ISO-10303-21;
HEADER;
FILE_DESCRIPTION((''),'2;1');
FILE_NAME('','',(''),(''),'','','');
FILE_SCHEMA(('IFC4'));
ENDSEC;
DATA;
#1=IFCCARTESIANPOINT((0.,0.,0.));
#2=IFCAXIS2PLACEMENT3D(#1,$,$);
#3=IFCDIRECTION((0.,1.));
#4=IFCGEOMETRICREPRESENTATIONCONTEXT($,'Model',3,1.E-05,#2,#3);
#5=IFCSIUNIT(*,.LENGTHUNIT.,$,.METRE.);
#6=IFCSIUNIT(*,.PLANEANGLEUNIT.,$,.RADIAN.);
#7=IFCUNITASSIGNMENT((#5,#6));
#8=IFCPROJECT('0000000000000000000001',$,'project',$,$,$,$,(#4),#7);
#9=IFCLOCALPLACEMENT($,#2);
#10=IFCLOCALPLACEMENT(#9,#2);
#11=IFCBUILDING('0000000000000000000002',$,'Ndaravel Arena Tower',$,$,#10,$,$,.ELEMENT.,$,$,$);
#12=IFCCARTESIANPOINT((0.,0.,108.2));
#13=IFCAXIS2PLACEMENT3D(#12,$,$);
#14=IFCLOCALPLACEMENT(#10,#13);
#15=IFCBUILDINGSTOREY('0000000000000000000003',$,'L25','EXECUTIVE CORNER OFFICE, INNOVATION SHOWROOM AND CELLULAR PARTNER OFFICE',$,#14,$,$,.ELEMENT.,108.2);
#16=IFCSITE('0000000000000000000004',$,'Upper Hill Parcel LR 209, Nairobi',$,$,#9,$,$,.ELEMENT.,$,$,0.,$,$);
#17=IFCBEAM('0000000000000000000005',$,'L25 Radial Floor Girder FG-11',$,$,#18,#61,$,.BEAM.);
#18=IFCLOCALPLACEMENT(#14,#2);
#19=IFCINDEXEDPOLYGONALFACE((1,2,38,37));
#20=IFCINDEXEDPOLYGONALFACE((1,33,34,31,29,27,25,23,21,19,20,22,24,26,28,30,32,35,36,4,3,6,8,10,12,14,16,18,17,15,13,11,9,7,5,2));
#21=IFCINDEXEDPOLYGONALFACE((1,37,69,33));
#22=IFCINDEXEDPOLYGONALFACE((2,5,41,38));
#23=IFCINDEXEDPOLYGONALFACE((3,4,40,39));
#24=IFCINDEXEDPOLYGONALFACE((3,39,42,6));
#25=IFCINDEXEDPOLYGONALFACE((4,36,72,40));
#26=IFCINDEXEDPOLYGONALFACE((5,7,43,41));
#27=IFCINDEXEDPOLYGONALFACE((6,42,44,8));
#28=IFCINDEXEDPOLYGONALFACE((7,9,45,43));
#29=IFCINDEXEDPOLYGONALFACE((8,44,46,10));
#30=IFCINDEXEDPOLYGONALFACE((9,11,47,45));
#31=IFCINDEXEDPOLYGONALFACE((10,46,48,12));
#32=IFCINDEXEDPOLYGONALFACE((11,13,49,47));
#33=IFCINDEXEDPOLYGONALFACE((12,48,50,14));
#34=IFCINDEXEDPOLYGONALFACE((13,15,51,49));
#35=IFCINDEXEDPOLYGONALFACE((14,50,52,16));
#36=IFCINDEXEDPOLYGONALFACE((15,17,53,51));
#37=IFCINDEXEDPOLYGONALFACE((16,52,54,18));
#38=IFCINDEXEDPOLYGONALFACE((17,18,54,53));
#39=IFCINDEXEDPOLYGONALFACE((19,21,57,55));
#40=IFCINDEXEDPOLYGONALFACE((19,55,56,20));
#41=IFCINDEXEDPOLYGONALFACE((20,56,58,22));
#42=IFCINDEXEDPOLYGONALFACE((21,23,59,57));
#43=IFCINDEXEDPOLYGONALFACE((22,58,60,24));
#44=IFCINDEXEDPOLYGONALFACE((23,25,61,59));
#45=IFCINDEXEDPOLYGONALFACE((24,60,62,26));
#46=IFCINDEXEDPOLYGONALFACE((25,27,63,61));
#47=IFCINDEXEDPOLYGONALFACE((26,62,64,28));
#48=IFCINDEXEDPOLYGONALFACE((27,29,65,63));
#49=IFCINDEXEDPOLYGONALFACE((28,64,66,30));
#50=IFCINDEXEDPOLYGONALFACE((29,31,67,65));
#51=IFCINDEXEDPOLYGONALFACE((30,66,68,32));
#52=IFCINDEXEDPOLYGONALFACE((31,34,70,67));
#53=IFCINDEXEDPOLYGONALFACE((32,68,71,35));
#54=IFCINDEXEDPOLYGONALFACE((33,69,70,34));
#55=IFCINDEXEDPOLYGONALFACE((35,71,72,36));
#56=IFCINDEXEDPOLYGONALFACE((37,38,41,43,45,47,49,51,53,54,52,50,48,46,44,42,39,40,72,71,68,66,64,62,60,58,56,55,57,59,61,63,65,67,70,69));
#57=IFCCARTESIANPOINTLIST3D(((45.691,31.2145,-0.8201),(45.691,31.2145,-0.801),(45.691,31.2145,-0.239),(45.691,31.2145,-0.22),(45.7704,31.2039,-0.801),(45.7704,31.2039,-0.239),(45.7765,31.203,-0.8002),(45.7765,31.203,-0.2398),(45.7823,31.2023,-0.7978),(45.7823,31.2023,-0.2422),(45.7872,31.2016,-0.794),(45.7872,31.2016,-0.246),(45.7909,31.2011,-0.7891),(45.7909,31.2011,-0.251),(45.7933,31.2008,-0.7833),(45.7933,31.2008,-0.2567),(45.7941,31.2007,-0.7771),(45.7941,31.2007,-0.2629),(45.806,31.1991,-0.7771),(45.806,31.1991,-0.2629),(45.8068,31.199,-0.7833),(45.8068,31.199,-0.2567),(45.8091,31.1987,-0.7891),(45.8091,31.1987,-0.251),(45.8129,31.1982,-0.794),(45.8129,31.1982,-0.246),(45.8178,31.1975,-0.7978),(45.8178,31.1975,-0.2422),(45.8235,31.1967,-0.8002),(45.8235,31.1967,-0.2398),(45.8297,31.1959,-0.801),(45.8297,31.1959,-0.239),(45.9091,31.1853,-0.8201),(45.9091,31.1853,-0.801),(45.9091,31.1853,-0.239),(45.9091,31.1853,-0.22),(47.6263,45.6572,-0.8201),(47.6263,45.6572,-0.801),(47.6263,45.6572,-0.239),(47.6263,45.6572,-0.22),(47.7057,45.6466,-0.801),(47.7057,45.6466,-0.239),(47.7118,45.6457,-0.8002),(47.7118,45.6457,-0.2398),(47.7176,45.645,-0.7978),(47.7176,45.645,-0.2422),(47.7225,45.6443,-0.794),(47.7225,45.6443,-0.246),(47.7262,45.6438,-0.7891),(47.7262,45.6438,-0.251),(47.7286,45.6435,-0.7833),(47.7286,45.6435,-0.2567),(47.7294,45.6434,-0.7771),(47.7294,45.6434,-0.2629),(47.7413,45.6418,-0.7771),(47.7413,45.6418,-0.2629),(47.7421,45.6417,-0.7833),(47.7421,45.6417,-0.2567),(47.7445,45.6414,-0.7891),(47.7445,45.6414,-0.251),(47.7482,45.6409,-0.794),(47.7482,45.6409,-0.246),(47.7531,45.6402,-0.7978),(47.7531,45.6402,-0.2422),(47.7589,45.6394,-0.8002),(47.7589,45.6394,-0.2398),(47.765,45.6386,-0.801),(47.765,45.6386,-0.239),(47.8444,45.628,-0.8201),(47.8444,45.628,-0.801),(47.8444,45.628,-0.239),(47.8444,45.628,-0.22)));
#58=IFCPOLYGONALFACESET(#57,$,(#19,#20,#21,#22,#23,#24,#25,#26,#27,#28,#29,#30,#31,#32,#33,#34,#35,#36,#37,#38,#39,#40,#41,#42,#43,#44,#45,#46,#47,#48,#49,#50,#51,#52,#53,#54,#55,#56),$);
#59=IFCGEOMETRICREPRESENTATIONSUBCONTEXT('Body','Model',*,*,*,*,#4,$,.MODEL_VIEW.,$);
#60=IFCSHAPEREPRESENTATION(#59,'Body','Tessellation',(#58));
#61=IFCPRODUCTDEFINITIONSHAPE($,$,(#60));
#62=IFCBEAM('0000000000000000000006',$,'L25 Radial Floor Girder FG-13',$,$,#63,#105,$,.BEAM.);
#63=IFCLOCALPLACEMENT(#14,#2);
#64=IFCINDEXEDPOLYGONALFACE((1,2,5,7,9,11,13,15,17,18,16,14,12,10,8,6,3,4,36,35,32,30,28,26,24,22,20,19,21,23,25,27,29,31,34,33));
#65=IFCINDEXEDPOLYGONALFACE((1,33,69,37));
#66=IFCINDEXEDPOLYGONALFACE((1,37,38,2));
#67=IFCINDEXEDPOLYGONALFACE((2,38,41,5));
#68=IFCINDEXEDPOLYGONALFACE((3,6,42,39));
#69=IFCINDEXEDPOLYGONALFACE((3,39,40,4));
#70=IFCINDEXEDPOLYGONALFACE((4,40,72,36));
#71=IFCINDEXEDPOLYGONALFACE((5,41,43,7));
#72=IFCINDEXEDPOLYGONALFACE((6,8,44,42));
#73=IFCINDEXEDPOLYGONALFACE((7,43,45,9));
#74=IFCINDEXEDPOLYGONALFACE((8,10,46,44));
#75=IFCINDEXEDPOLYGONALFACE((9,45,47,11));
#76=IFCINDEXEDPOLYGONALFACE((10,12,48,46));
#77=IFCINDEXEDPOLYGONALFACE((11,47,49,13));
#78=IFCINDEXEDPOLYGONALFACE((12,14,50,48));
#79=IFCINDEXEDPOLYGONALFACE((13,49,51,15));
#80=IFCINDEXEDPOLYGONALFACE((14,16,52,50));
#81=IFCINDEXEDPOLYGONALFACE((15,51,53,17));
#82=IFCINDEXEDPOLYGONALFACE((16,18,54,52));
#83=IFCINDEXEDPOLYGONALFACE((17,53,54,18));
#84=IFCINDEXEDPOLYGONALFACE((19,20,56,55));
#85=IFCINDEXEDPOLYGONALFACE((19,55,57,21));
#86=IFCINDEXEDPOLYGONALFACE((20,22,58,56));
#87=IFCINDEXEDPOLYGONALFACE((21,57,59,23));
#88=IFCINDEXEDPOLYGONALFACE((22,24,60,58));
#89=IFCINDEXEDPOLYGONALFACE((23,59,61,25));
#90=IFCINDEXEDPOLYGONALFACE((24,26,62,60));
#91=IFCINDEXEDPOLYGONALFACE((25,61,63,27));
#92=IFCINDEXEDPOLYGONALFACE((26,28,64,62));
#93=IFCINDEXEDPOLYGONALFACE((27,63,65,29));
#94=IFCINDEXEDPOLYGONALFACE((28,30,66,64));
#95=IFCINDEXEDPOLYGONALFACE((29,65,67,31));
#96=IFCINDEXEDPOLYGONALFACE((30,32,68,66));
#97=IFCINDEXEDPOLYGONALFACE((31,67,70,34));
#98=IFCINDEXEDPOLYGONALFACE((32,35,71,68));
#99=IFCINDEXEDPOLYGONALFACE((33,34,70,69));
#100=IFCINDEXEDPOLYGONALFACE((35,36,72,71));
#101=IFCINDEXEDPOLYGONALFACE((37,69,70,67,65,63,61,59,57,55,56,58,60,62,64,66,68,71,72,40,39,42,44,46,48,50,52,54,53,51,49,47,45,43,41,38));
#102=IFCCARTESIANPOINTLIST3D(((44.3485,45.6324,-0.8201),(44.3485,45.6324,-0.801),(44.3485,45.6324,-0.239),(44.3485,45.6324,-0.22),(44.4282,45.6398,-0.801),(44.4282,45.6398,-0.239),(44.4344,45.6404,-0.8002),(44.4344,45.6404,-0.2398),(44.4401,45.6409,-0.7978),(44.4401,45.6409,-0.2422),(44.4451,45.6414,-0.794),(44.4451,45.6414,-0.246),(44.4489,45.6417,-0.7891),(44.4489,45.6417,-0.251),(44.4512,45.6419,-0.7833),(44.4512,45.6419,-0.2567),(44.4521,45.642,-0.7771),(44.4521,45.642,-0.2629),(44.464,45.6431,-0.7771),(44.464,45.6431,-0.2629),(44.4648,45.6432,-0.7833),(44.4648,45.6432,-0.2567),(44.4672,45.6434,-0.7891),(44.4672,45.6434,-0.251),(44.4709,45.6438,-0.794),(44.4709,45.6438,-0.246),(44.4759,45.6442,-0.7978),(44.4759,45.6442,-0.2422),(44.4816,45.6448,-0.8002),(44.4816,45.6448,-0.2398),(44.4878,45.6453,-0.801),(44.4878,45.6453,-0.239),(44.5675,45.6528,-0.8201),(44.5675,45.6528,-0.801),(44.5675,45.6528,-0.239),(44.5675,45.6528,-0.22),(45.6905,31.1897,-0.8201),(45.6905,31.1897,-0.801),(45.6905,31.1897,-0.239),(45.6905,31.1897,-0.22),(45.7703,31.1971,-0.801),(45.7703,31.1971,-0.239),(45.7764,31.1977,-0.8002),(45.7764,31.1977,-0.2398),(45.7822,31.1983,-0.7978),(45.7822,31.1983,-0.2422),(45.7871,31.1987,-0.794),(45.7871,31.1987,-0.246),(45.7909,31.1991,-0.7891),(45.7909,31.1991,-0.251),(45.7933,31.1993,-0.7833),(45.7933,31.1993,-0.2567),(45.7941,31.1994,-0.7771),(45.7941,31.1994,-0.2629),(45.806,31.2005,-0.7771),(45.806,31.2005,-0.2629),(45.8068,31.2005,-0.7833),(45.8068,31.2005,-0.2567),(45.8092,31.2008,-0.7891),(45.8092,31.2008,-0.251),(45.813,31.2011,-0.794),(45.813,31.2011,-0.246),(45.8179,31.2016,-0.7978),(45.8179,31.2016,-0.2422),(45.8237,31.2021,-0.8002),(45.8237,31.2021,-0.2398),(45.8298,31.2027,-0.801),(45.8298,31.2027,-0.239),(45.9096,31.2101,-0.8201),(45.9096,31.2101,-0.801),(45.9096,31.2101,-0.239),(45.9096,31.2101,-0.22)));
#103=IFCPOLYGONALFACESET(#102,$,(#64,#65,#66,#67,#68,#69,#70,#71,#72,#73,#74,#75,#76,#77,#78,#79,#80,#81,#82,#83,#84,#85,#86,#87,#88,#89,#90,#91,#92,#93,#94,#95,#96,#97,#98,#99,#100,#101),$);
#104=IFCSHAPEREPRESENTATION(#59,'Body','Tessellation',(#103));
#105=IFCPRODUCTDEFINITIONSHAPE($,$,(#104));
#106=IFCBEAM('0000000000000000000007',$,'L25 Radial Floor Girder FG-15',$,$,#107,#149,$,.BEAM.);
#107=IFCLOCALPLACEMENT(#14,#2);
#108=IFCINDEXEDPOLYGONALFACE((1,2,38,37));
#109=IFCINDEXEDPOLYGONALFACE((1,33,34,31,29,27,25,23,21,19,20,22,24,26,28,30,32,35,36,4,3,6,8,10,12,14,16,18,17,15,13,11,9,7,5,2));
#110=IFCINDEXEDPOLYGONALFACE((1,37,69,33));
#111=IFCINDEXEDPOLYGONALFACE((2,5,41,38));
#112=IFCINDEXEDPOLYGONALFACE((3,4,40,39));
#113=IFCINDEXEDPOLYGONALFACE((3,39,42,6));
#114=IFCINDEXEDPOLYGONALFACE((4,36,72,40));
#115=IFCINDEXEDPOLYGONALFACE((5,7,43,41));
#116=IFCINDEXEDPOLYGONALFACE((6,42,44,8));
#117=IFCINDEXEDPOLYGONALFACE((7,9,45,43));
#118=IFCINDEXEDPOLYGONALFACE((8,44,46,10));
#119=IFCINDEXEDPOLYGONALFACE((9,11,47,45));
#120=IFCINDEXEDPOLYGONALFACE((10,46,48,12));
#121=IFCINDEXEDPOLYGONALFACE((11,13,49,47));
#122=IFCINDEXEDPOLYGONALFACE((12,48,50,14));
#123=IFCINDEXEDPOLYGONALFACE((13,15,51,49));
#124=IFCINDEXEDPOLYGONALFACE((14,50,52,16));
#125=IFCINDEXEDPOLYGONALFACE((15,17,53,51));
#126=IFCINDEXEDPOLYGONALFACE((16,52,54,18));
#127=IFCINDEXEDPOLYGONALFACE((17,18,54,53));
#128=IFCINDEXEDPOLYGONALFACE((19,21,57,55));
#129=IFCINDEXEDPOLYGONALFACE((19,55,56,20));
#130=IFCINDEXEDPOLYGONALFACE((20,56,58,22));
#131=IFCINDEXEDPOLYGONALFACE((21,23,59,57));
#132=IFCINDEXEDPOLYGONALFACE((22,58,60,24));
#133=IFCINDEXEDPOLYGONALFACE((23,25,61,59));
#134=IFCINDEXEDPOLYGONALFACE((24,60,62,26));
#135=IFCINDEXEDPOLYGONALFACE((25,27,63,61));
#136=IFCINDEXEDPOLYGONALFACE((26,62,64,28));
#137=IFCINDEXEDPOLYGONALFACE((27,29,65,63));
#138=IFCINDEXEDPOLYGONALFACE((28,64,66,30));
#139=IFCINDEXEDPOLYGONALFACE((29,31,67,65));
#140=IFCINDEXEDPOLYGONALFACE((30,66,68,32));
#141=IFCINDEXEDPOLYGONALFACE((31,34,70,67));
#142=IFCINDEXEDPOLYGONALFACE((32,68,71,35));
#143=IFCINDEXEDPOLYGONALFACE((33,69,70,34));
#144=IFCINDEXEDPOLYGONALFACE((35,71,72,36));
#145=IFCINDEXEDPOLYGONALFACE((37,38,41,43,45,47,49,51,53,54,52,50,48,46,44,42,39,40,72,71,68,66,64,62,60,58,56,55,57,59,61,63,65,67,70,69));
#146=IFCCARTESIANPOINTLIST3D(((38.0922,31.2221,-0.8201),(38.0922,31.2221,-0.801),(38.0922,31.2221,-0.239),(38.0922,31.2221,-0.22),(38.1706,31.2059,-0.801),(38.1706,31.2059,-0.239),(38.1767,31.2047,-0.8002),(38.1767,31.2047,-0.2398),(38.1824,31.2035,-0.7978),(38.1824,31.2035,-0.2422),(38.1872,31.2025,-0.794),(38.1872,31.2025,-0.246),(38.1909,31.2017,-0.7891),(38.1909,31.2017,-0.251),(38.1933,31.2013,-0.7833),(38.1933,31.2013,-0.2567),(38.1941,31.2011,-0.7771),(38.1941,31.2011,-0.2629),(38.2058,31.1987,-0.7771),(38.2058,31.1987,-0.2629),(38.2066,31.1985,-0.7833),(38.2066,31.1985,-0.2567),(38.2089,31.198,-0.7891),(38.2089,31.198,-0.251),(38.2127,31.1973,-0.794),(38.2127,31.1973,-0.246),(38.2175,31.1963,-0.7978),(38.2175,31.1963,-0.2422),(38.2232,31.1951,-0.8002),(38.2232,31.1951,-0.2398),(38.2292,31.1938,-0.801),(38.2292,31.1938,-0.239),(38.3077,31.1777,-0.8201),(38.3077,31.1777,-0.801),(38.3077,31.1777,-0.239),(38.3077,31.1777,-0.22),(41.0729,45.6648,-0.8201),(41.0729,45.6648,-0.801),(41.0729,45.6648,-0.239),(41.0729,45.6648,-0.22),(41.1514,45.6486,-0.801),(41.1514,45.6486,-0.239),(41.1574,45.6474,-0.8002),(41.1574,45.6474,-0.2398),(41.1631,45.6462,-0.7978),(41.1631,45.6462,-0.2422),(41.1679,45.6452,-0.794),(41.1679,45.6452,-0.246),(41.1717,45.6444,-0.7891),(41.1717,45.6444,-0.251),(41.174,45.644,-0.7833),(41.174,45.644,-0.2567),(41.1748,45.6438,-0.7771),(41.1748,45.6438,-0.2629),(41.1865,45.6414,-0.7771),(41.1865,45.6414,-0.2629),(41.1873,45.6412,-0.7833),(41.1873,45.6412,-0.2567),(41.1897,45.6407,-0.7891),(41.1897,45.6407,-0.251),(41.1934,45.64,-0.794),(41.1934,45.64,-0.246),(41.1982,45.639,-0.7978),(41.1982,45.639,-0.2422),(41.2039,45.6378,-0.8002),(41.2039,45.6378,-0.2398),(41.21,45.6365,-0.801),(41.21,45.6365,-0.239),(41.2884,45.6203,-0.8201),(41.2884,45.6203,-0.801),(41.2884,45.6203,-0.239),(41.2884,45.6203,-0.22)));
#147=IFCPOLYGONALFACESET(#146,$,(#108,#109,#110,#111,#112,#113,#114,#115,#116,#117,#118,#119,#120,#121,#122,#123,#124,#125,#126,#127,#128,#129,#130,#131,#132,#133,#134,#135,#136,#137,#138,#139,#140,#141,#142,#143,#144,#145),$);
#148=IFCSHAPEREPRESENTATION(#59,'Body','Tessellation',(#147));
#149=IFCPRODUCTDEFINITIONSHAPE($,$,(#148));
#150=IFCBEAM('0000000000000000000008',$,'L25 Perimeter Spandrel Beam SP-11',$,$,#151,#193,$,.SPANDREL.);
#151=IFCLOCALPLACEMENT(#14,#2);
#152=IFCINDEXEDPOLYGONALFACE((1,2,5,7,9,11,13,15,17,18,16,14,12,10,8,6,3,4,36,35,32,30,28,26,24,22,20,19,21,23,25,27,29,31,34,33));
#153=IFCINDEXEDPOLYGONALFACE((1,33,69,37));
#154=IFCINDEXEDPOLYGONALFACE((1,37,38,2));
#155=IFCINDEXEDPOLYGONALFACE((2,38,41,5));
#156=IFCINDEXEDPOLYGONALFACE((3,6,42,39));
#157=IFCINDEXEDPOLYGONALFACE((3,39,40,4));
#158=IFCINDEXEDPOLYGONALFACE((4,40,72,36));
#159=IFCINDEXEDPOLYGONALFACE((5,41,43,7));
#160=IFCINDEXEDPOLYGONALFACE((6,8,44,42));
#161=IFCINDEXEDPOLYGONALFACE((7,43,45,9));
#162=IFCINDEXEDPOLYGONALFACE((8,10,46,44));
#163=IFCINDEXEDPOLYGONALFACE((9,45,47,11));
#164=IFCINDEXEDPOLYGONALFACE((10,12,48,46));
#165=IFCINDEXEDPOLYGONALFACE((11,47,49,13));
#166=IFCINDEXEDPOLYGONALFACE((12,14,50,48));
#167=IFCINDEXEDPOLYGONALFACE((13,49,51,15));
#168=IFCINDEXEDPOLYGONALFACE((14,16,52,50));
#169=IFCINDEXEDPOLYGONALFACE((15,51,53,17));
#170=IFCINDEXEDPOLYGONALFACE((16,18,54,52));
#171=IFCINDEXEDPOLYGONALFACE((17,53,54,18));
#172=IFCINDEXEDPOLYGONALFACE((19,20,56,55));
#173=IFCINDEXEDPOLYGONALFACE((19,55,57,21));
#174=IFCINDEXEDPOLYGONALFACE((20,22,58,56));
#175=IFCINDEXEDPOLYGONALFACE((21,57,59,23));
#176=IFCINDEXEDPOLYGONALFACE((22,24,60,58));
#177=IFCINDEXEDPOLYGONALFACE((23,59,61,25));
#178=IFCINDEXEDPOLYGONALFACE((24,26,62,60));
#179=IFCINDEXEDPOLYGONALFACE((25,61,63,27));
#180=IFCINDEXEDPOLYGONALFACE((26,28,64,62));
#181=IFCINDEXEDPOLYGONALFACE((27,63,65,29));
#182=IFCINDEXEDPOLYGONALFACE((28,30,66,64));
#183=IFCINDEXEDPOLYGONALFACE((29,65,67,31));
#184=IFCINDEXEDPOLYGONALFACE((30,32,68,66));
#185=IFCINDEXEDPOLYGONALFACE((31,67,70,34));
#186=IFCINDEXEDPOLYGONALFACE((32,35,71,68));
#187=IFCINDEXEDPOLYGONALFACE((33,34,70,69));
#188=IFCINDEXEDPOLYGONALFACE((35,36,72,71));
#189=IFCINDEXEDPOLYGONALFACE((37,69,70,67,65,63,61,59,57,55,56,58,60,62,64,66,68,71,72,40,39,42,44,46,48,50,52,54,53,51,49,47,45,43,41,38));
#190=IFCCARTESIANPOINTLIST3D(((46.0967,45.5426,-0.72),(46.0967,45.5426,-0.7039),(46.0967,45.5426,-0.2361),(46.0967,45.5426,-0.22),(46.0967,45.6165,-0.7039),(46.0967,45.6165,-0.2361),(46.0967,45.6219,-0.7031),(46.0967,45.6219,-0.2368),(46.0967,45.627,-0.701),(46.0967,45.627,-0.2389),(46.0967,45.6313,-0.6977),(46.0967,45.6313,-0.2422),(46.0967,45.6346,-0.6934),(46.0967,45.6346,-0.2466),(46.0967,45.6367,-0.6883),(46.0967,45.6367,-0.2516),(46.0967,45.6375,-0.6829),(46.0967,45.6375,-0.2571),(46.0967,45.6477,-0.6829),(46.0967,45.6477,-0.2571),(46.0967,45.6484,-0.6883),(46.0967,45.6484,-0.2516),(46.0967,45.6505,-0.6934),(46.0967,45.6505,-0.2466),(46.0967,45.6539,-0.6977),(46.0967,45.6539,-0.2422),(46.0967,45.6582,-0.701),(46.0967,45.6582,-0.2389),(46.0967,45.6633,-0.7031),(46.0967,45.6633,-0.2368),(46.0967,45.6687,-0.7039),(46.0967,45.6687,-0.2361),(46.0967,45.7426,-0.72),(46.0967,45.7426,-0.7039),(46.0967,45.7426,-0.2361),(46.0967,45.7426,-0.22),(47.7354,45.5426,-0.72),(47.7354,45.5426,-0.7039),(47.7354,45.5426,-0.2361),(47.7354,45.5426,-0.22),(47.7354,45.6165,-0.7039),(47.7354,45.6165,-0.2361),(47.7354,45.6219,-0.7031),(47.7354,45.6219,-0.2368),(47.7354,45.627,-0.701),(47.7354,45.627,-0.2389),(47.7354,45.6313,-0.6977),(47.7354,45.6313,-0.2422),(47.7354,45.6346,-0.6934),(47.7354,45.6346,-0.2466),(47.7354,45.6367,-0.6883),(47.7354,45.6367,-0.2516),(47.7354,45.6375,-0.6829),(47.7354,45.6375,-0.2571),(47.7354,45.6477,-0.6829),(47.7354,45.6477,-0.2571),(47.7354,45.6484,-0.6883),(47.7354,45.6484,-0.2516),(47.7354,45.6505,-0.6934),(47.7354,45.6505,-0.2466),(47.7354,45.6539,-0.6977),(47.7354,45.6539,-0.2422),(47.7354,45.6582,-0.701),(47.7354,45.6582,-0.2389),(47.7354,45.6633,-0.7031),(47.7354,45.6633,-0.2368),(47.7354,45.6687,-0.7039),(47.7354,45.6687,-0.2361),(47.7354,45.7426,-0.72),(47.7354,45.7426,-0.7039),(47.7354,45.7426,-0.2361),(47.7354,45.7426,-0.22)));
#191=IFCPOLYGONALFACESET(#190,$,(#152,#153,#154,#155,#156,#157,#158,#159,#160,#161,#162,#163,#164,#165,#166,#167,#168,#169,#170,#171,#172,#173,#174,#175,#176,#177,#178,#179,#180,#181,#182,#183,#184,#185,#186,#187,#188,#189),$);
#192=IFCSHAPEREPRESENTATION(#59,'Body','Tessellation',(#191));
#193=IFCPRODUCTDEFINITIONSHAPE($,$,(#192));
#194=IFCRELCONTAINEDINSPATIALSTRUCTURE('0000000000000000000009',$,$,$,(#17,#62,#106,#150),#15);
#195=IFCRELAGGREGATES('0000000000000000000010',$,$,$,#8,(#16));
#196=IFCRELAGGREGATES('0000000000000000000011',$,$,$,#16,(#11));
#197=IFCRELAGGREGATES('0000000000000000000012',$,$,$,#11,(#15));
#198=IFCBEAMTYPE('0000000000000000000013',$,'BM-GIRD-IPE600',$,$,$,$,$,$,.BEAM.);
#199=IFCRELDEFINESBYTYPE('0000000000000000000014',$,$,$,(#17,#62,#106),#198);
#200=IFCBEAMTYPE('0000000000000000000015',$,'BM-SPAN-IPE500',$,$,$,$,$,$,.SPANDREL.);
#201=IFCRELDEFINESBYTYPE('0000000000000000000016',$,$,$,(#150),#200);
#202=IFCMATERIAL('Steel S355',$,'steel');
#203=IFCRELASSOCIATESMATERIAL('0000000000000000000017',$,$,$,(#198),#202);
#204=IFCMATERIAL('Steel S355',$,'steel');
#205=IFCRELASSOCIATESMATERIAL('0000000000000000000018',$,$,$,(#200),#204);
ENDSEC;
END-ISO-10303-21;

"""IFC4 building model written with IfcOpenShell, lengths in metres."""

from ifc_helpers import new_model, si_unit, direction, frame, origin, origin_2d, place, context, subcontext, project, spatial, i_section, extrude, material, material_profile, profile_set, type_object, element, save


model = new_model("IFC4")

# Units and contexts
model_context = context("Model", 3, precision=1e-05, world=origin(), true_north=direction((0.0, 1.0)))
body_context = subcontext(model_context, "Body", "Model", "MODEL_VIEW")
ifc_project = project(units=[si_unit("LENGTHUNIT", "METRE"), si_unit("PLANEANGLEUNIT", "RADIAN")], contexts=[model_context])

# Site, building, storey
site_placement = place(None, origin())
site = spatial("IfcSite", under=ifc_project, at=site_placement, Name="Upper Hill Parcel LR 209, Nairobi", CompositionType="ELEMENT", RefElevation=0.0)
building_placement = place(site_placement, origin())
building = spatial("IfcBuilding", under=site, at=building_placement, Name="Ndaravel Arena Tower", CompositionType="ELEMENT")
storey_placement = place(building_placement, frame((0.0, 0.0, 108.2)))
storey = spatial("IfcBuildingStorey", under=building, at=storey_placement, Name="L25", Description="EXECUTIVE CORNER OFFICE, INNOVATION SHOWROOM AND CELLULAR PARTNER OFFICE", CompositionType="ELEMENT", Elevation=108.2)

# Beams
ifc_material_1 = material(Name="Steel S355", Category="steel")
ifc_material_profile_1 = material_profile(ifc_material_1, i_section(OverallWidth=0.22, OverallDepth=0.6001, WebThickness=0.012, FlangeThickness=0.019, FilletRadius=0.0239, at=origin_2d()), Name="IPE 600")
ifc_profile_set_1 = profile_set([ifc_material_profile_1], Name="Steel S355")
beam_type_1 = type_object("IfcBeamType", Name="BM-GIRD-IPE600", PredefinedType="BEAM", material=ifc_profile_set_1)
beam_1_placement = place(storey_placement, frame((47.7354, 45.6426, -0.52), z_axis=(-0.132812, -0.991141, 0.0), x_axis=(0.991141, -0.132812, 0.0)))
element("IfcBeam", 1, at=beam_1_placement, inside=storey, type_object=beam_type_1, Name="L25 Radial Floor Girder FG-11", PredefinedType="BEAM", context=body_context, shape_type="SweptSolid", body=[
    extrude(i_section(OverallWidth=0.22, OverallDepth=0.6001, WebThickness=0.012, FlangeThickness=0.019, FilletRadius=0.0239, at=origin_2d()), origin(), (0.0, 0.0, 1.0), 14.5718),
])
beam_2_placement = place(storey_placement, frame((44.458, 45.6426, -0.52), z_axis=(0.092524, -0.99571, 0.0), x_axis=(0.99571, 0.092524, 0.0)))
element("IfcBeam", 2, at=beam_2_placement, inside=storey, type_object=beam_type_1, Name="L25 Radial Floor Girder FG-13", PredefinedType="BEAM", context=body_context, shape_type="SweptSolid", body=[
    extrude(i_section(OverallWidth=0.22, OverallDepth=0.6001, WebThickness=0.012, FlangeThickness=0.019, FilletRadius=0.0239, at=origin_2d()), origin(), (0.0, 0.0, 1.0), 14.5049),
])
beam_3_placement = place(storey_placement, frame((41.1807, 45.6426, -0.52), z_axis=(-0.202123, -0.97936, 0.0), x_axis=(0.97936, -0.202123, 0.0)))
element("IfcBeam", 3, at=beam_3_placement, inside=storey, type_object=beam_type_1, Name="L25 Radial Floor Girder FG-15", PredefinedType="BEAM", context=body_context, shape_type="SweptSolid", body=[
    extrude(i_section(OverallWidth=0.22, OverallDepth=0.6001, WebThickness=0.012, FlangeThickness=0.019, FilletRadius=0.0239, at=origin_2d()), origin(), (0.0, 0.0, 1.0), 14.7471),
])
ifc_material_2 = material(Name="Steel S355", Category="steel")
ifc_material_profile_2 = material_profile(ifc_material_2, i_section(OverallWidth=0.2, OverallDepth=0.5, WebThickness=0.0103, FlangeThickness=0.0161, FilletRadius=0.021, at=origin_2d()), Name="IPE 500")
ifc_profile_set_2 = profile_set([ifc_material_profile_2], Name="Steel S355")
beam_type_2 = type_object("IfcBeamType", Name="BM-SPAN-IPE500", PredefinedType="SPANDREL", material=ifc_profile_set_2)
for number, where, z_axis, x_axis, name in (
    (4, (47.7354, 45.6426, -0.47), (-1.0, 0.0, 0.0), (0.0, -1.0, 0.0), "L25 Perimeter Spandrel Beam SP-11"),
):
    element("IfcBeam", number, at=place(storey_placement, frame(where, z_axis=z_axis, x_axis=x_axis)), inside=storey, type_object=beam_type_2, Name=name, PredefinedType="SPANDREL", context=body_context, shape_type="SweptSolid", body=[
        extrude(i_section(OverallWidth=0.2, OverallDepth=0.5, WebThickness=0.0103, FlangeThickness=0.0161, FilletRadius=0.021, at=origin_2d()), origin(), (0.0, 0.0, 1.0), 1.6387),
    ])

save(model, "model.ifc")
